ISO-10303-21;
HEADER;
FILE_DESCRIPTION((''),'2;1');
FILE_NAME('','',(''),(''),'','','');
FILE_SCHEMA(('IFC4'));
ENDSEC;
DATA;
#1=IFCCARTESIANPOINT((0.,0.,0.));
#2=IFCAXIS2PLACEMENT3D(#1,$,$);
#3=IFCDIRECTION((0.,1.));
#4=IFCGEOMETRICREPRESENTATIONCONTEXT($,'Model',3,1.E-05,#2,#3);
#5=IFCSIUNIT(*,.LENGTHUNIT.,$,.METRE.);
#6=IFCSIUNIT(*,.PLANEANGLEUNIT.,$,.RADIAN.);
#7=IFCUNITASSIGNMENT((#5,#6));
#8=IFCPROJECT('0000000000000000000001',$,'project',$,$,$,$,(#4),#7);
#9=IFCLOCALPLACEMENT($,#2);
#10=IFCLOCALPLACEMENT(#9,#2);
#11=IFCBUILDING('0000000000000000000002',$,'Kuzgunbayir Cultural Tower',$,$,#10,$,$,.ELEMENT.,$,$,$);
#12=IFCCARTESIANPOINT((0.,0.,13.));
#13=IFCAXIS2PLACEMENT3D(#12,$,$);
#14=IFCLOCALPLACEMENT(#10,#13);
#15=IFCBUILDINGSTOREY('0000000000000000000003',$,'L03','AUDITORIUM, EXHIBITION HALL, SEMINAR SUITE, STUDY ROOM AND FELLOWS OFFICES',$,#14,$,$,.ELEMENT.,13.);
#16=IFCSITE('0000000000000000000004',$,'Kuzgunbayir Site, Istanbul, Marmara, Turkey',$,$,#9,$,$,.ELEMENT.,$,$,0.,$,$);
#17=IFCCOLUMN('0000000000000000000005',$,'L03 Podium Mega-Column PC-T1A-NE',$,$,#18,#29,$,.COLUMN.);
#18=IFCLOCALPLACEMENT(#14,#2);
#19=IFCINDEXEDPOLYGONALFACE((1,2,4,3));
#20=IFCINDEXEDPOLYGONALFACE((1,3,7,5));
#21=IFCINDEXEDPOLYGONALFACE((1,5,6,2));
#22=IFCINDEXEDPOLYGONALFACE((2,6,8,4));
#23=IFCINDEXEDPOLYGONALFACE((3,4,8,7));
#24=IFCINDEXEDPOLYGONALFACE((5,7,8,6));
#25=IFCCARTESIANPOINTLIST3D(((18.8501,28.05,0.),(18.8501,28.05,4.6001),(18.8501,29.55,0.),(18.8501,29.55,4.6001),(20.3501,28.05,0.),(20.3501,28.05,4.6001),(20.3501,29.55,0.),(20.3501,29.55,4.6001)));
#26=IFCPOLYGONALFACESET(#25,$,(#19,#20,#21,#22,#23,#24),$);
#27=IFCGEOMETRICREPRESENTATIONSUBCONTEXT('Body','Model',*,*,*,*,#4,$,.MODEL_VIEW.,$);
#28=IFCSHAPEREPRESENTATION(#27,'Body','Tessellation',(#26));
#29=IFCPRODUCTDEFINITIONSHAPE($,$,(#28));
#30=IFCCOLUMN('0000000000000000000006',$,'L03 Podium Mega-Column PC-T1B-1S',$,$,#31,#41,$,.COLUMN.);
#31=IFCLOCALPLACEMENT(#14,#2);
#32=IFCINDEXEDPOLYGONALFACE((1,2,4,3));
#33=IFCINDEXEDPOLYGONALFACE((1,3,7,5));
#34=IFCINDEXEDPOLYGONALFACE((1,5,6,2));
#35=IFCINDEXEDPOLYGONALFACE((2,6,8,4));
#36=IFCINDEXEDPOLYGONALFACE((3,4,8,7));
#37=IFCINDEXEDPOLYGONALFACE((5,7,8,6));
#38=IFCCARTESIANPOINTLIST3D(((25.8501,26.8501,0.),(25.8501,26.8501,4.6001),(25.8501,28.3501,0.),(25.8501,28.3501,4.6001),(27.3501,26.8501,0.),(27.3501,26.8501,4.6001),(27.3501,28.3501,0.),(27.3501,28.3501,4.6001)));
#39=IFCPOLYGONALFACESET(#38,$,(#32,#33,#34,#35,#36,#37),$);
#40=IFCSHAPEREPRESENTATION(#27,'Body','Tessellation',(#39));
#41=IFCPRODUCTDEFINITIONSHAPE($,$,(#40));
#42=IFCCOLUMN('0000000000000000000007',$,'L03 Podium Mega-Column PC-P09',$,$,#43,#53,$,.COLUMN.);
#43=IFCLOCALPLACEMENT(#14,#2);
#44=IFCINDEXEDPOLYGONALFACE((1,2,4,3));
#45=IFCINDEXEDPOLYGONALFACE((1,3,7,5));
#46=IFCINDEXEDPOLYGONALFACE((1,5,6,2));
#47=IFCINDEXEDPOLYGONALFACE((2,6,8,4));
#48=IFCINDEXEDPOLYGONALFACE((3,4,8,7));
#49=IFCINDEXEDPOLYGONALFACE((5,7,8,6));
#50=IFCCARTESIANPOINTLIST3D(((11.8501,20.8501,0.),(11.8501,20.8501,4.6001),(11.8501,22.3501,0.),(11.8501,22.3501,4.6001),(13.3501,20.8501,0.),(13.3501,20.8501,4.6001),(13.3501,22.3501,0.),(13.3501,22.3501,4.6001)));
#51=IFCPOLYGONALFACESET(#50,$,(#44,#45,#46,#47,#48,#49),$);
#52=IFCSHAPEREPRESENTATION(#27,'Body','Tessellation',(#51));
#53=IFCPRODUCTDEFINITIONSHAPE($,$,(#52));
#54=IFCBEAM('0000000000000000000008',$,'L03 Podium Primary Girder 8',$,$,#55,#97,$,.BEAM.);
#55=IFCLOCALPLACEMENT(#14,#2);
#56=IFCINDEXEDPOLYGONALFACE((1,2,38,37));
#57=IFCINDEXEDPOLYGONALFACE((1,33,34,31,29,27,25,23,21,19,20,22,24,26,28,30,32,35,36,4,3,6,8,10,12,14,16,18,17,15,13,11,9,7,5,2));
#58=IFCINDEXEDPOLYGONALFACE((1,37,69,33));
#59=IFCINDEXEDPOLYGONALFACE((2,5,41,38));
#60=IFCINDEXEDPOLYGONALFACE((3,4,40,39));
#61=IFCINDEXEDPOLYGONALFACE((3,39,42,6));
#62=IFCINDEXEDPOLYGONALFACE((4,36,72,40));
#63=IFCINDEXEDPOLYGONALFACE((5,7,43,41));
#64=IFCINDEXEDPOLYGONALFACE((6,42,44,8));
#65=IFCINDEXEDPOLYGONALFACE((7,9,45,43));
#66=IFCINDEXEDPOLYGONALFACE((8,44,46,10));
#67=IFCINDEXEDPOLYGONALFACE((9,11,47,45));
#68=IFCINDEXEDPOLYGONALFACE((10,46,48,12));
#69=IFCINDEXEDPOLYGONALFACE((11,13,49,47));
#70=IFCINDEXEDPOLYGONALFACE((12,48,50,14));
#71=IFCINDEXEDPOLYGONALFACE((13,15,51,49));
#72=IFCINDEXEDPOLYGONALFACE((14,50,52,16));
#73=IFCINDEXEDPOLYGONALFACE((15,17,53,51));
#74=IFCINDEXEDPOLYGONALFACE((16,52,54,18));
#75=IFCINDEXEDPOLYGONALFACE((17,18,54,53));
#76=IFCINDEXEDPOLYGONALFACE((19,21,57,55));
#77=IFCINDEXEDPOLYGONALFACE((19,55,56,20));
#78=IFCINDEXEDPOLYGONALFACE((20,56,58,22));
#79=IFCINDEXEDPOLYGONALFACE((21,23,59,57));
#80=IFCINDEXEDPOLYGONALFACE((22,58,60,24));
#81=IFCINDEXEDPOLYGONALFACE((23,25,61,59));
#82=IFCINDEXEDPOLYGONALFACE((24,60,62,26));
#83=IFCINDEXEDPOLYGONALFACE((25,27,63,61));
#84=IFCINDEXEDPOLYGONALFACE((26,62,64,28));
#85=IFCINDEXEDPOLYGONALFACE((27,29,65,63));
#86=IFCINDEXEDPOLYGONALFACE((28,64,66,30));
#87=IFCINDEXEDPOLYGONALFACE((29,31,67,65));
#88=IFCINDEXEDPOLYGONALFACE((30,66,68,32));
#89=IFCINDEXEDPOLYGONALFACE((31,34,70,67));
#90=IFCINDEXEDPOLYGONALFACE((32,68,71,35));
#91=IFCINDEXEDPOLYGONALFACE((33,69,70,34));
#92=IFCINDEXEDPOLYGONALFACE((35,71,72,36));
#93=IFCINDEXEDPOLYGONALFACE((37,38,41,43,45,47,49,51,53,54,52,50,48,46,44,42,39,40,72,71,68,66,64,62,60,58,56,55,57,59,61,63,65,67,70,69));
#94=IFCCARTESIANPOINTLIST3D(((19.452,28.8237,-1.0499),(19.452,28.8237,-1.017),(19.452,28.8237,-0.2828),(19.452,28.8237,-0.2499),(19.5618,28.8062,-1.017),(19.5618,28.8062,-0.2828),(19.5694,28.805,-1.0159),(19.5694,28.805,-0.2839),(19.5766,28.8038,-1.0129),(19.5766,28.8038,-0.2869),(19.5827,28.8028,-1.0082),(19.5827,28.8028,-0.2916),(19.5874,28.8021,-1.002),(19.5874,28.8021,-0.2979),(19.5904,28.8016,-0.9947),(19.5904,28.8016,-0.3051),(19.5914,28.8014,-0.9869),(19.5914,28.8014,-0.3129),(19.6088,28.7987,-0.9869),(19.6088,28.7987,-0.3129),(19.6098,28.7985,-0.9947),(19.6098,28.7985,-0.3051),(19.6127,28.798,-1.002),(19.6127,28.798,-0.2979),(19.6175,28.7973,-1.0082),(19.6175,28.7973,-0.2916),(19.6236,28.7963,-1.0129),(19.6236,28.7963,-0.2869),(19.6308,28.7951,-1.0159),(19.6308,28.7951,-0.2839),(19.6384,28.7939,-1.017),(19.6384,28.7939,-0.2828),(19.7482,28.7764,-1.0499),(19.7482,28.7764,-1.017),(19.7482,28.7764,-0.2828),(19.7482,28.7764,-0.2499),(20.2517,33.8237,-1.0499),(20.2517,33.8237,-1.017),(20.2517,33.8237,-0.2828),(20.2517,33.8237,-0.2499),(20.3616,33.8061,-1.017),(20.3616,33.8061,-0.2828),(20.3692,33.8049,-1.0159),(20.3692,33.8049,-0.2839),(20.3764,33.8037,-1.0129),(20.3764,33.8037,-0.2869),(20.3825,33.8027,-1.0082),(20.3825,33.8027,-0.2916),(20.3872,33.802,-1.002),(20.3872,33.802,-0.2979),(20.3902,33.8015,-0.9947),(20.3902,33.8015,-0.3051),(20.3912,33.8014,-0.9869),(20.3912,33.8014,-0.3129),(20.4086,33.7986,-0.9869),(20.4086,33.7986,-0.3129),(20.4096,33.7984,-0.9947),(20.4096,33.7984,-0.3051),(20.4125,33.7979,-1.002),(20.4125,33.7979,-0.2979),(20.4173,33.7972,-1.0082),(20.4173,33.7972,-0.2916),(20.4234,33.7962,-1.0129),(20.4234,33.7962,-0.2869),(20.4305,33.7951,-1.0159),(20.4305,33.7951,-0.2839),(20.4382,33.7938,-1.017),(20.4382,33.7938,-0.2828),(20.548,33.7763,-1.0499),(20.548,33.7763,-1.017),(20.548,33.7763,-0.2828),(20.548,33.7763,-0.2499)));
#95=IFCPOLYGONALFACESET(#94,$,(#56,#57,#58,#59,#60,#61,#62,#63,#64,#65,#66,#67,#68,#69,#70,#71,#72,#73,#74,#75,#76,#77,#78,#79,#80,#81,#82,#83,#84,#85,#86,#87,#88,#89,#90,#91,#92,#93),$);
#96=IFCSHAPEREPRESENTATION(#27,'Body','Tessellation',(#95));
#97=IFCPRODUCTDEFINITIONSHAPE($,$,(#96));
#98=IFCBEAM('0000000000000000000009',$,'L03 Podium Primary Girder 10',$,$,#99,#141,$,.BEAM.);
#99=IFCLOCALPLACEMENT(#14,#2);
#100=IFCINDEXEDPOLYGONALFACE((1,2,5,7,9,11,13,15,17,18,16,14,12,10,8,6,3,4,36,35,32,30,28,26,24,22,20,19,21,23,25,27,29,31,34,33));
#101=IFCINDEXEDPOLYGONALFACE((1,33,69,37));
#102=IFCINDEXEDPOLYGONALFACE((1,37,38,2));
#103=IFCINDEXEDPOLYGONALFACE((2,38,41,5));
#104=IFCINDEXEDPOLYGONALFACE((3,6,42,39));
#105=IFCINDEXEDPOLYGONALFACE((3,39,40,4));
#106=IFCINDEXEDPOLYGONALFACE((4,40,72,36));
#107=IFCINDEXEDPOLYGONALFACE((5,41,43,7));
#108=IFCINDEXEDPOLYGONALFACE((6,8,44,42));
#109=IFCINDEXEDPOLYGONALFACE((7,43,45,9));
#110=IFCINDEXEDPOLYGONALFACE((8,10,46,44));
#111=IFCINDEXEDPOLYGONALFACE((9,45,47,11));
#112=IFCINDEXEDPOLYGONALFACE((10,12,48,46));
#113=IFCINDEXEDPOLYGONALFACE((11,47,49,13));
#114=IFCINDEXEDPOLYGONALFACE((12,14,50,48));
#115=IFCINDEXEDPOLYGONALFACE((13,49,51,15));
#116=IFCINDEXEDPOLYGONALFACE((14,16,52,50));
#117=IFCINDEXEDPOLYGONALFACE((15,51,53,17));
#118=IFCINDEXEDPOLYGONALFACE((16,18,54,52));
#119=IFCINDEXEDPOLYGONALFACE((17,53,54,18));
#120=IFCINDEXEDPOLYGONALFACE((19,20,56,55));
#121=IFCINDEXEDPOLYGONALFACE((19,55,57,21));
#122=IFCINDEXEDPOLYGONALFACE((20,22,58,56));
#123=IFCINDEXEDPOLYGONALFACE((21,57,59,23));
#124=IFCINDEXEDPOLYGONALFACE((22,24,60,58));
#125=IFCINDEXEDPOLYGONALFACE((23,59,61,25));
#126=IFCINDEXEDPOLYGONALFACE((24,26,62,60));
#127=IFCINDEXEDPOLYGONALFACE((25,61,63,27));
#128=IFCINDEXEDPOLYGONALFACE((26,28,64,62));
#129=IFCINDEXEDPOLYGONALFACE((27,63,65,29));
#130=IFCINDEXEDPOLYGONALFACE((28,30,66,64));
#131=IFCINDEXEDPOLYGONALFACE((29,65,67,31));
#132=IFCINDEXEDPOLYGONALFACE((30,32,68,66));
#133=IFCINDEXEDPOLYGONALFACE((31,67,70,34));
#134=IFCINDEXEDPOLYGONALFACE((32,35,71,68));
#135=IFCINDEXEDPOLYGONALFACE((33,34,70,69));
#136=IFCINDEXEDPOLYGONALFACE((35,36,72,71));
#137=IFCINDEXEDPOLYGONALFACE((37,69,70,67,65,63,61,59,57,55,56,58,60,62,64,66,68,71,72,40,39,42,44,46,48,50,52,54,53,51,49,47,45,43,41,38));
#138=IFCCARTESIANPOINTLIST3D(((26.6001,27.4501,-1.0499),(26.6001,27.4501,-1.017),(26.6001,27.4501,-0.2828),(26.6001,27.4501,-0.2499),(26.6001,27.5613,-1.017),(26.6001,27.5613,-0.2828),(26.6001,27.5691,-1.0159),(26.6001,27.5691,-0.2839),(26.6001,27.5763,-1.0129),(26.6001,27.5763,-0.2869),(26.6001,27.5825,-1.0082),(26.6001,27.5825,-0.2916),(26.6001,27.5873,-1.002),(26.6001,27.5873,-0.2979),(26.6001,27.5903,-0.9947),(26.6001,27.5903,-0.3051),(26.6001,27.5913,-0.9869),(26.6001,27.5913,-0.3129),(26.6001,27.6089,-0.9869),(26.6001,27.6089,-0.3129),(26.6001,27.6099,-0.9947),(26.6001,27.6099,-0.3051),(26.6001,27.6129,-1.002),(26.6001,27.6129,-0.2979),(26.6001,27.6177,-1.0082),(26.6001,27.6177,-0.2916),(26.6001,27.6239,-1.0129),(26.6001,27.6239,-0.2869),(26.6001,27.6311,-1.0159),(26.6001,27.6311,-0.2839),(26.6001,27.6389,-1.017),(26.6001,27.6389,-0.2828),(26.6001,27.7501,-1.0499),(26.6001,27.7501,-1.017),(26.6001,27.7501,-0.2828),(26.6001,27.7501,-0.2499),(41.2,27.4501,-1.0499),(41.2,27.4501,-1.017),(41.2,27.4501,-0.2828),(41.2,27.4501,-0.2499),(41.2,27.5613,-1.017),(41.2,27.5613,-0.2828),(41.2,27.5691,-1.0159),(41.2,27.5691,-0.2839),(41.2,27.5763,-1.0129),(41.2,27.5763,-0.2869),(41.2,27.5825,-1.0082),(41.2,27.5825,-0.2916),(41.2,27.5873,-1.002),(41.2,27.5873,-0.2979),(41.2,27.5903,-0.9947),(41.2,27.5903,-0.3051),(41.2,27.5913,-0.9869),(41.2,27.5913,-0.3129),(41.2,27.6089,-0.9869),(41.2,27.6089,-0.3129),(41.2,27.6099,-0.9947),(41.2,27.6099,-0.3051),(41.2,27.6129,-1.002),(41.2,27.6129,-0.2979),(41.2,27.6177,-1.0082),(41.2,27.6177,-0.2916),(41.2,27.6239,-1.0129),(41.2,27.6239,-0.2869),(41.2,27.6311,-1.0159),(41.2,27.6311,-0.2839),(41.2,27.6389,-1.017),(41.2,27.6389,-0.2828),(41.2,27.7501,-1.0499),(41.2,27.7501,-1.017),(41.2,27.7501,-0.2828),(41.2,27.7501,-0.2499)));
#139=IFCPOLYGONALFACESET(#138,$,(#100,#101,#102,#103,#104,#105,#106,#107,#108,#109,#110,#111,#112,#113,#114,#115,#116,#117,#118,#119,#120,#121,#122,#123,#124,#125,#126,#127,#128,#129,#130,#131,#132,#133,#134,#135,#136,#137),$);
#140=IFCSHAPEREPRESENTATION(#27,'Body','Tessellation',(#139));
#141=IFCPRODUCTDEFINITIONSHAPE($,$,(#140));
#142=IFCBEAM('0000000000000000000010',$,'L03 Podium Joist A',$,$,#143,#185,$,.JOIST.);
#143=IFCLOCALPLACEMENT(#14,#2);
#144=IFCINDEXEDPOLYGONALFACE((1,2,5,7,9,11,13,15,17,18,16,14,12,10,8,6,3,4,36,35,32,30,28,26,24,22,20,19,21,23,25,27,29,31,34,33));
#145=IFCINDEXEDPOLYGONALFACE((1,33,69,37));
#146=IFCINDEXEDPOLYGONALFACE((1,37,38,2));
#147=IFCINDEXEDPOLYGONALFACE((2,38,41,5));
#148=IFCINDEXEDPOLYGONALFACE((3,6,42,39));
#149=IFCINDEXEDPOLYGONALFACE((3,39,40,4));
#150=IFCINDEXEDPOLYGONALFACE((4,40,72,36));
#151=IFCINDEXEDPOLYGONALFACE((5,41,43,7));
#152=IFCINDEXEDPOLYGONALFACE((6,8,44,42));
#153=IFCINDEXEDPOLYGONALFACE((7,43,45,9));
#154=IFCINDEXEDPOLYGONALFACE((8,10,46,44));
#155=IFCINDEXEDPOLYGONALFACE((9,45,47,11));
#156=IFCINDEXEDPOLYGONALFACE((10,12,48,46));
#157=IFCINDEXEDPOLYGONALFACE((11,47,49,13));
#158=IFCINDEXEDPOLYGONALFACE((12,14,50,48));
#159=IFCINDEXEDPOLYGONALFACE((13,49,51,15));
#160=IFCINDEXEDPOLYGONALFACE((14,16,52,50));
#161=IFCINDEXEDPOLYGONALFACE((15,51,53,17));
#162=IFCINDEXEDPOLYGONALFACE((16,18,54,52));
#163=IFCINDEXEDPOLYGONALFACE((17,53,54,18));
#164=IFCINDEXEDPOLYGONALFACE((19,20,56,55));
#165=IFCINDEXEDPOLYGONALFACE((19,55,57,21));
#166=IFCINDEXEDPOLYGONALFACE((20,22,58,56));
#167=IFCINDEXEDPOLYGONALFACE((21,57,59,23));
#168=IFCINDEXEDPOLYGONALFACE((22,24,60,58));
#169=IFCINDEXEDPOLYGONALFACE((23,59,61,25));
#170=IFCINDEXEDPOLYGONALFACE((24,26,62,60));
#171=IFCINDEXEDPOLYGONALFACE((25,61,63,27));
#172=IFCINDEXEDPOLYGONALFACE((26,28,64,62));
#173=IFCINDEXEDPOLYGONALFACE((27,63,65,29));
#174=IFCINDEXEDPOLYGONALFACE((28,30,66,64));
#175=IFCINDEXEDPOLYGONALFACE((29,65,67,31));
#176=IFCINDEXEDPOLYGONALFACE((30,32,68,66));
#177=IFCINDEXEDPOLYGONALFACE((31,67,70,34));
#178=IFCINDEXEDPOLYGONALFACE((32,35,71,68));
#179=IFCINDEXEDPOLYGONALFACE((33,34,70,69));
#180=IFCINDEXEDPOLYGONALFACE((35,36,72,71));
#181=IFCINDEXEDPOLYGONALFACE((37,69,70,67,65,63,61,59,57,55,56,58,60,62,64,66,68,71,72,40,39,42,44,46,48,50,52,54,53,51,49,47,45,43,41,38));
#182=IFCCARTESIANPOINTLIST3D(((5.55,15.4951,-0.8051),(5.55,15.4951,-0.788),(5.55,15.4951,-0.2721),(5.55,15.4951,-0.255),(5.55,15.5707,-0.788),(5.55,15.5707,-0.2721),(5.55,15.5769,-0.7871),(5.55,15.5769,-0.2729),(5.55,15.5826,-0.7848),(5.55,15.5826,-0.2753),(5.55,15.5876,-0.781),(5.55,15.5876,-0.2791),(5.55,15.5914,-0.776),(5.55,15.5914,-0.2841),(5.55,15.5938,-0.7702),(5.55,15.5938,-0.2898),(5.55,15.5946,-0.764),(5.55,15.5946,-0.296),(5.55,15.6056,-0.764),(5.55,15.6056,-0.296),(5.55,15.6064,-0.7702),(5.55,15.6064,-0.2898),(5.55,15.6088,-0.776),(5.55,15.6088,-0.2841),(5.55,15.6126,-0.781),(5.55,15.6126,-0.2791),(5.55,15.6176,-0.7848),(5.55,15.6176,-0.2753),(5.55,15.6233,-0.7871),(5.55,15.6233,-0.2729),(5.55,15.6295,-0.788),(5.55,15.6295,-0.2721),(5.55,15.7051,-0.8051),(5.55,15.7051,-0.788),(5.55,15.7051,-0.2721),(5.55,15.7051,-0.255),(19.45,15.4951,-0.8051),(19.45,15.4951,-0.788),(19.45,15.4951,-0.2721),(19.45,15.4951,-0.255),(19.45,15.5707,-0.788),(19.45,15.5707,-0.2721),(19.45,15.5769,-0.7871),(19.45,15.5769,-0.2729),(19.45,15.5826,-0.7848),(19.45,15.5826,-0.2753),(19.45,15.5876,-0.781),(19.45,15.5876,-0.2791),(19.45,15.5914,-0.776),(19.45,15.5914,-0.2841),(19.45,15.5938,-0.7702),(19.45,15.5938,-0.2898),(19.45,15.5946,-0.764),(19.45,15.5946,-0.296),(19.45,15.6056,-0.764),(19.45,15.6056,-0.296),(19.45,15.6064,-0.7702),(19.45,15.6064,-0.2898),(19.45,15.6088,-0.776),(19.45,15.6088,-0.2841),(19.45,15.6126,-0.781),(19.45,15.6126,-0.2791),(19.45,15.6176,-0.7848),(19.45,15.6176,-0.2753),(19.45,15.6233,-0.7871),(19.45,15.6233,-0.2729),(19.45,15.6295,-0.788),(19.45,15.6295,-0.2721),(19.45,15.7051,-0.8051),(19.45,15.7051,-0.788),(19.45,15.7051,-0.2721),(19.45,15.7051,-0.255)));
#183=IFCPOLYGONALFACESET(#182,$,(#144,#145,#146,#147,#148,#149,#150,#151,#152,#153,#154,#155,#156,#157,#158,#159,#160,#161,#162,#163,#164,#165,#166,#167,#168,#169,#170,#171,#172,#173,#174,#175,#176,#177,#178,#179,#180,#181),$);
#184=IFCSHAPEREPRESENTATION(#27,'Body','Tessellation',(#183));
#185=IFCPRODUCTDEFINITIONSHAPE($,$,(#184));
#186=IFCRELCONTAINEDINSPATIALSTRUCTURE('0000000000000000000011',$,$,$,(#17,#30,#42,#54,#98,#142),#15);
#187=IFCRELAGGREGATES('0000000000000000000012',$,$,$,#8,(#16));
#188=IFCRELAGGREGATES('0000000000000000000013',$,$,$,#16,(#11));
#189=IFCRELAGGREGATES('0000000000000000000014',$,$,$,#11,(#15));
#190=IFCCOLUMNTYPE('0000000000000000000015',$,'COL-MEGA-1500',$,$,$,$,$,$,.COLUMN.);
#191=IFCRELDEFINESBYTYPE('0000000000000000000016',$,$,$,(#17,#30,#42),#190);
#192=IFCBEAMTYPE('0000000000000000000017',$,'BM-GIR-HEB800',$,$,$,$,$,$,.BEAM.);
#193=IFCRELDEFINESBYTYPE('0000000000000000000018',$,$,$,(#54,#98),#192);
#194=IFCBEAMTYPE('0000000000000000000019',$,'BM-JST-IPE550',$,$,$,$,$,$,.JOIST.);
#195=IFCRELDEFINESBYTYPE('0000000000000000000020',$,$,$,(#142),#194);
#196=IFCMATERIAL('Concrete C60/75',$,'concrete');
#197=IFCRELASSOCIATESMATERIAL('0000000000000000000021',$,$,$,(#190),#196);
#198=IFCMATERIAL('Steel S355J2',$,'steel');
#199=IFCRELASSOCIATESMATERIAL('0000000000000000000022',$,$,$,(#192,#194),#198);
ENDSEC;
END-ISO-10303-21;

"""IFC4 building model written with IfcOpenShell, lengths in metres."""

from ifc_helpers import new_model, si_unit, direction, frame, origin, origin_2d, place, context, subcontext, project, spatial, rectangle, i_section, extrude, material, material_profile, profile_set, type_object, element, save


model = new_model("IFC4")

# Units and contexts
model_context = context("Model", 3, precision=1e-05, world=origin(), true_north=direction((0.0, 1.0)))
body_context = subcontext(model_context, "Body", "Model", "MODEL_VIEW")
ifc_project = project(units=[si_unit("LENGTHUNIT", "METRE"), si_unit("PLANEANGLEUNIT", "RADIAN")], contexts=[model_context])

# Site, building, storey
site_placement = place(None, origin())
site = spatial("IfcSite", under=ifc_project, at=site_placement, Name="Kuzgunbayir Site, Istanbul, Marmara, Turkey", CompositionType="ELEMENT", RefElevation=0.0)
building_placement = place(site_placement, origin())
building = spatial("IfcBuilding", under=site, at=building_placement, Name="Kuzgunbayir Cultural Tower", CompositionType="ELEMENT")
storey_placement = place(building_placement, frame((0.0, 0.0, 13.0)))
storey = spatial("IfcBuildingStorey", under=building, at=storey_placement, Name="L03", Description="AUDITORIUM, EXHIBITION HALL, SEMINAR SUITE, STUDY ROOM AND FELLOWS OFFICES", CompositionType="ELEMENT", Elevation=13.0)

# Columns
ifc_material_1 = material(Name="Concrete C60/75", Category="concrete")
ifc_material_profile_1 = material_profile(ifc_material_1, rectangle(XDim=1.5, YDim=1.5, at=origin_2d()), Name="RC 1500x1500")
ifc_profile_set_1 = profile_set([ifc_material_profile_1], Name="Concrete C60/75")
column_type = type_object("IfcColumnType", Name="COL-MEGA-1500", PredefinedType="COLUMN", material=ifc_profile_set_1)
for number, where, z_axis, x_axis, name in (
    (1, (19.6001, 28.8, 0.0), (0.0, 0.0, 1.0), (1.0, 0.0, 0.0), "L03 Podium Mega-Column PC-T1A-NE"),
    (2, (26.6001, 27.6001, 0.0), (0.0, 0.0, 1.0), (1.0, 0.0, 0.0), "L03 Podium Mega-Column PC-T1B-1S"),
    (3, (12.6001, 21.6001, 0.0), (0.0, 0.0, 1.0), (1.0, 0.0, 0.0), "L03 Podium Mega-Column PC-P09"),
):
    element("IfcColumn", number, at=place(storey_placement, frame(where, z_axis=z_axis, x_axis=x_axis)), inside=storey, type_object=column_type, Name=name, PredefinedType="COLUMN", context=body_context, shape_type="SweptSolid", body=[
        extrude(rectangle(XDim=1.5, YDim=1.5, at=origin_2d()), origin(), (0.0, 0.0, 1.0), 4.6001),
    ])

# Beams
ifc_material_2 = material(Name="Steel S355J2", Category="steel")
ifc_material_profile_2 = material_profile(ifc_material_2, i_section(OverallWidth=0.3, OverallDepth=0.8, WebThickness=0.0176, FlangeThickness=0.033, FilletRadius=0.03, at=origin_2d()), Name="HEB 800")
ifc_profile_set_2 = profile_set([ifc_material_profile_2], Name="Steel S355J2")
beam_type_1 = type_object("IfcBeamType", Name="BM-GIR-HEB800", PredefinedType="BEAM", material=ifc_profile_set_2)
beam_1_placement = place(storey_placement, frame((19.6001, 28.8, -0.6499), z_axis=(0.157953, 0.987447, 0.0), x_axis=(-0.987447, 0.157953, 0.0)))
element("IfcBeam", 4, at=beam_1_placement, inside=storey, type_object=beam_type_1, Name="L03 Podium Primary Girder 8", PredefinedType="BEAM", context=body_context, shape_type="SweptSolid", body=[
    extrude(i_section(OverallWidth=0.3, OverallDepth=0.8, WebThickness=0.0176, FlangeThickness=0.033, FilletRadius=0.03, at=origin_2d()), origin(), (0.0, 0.0, 1.0), 5.0635),
])
beam_2_placement = place(storey_placement, frame((26.6001, 27.6001, -0.6499), z_axis=(1.0, 0.0, 0.0), x_axis=(0.0, 1.0, 0.0)))
element("IfcBeam", 5, at=beam_2_placement, inside=storey, type_object=beam_type_1, Name="L03 Podium Primary Girder 10", PredefinedType="BEAM", context=body_context, shape_type="SweptSolid", body=[
    extrude(i_section(OverallWidth=0.3, OverallDepth=0.8, WebThickness=0.0176, FlangeThickness=0.033, FilletRadius=0.03, at=origin_2d()), origin(), (0.0, 0.0, 1.0), 14.5999),
])
ifc_material_profile_3 = material_profile(ifc_material_2, i_section(OverallWidth=0.21, OverallDepth=0.55, WebThickness=0.011, FlangeThickness=0.0171, FilletRadius=0.0239, at=origin_2d()), Name="IPE 550")
ifc_profile_set_3 = profile_set([ifc_material_profile_3], Name="Steel S355J2")
beam_type_2 = type_object("IfcBeamType", Name="BM-JST-IPE550", PredefinedType="JOIST", material=ifc_profile_set_3)
for number, where, z_axis, x_axis, name in (
    (6, (5.55, 15.6001, -0.53), (1.0, 0.0, 0.0), (0.0, 1.0, 0.0), "L03 Podium Joist A"),
):
    element("IfcBeam", number, at=place(storey_placement, frame(where, z_axis=z_axis, x_axis=x_axis)), inside=storey, type_object=beam_type_2, Name=name, PredefinedType="JOIST", context=body_context, shape_type="SweptSolid", body=[
        extrude(i_section(OverallWidth=0.21, OverallDepth=0.55, WebThickness=0.011, FlangeThickness=0.0171, FilletRadius=0.0239, at=origin_2d()), origin(), (0.0, 0.0, 1.0), 13.8999),
    ])

save(model, "model.ifc")
